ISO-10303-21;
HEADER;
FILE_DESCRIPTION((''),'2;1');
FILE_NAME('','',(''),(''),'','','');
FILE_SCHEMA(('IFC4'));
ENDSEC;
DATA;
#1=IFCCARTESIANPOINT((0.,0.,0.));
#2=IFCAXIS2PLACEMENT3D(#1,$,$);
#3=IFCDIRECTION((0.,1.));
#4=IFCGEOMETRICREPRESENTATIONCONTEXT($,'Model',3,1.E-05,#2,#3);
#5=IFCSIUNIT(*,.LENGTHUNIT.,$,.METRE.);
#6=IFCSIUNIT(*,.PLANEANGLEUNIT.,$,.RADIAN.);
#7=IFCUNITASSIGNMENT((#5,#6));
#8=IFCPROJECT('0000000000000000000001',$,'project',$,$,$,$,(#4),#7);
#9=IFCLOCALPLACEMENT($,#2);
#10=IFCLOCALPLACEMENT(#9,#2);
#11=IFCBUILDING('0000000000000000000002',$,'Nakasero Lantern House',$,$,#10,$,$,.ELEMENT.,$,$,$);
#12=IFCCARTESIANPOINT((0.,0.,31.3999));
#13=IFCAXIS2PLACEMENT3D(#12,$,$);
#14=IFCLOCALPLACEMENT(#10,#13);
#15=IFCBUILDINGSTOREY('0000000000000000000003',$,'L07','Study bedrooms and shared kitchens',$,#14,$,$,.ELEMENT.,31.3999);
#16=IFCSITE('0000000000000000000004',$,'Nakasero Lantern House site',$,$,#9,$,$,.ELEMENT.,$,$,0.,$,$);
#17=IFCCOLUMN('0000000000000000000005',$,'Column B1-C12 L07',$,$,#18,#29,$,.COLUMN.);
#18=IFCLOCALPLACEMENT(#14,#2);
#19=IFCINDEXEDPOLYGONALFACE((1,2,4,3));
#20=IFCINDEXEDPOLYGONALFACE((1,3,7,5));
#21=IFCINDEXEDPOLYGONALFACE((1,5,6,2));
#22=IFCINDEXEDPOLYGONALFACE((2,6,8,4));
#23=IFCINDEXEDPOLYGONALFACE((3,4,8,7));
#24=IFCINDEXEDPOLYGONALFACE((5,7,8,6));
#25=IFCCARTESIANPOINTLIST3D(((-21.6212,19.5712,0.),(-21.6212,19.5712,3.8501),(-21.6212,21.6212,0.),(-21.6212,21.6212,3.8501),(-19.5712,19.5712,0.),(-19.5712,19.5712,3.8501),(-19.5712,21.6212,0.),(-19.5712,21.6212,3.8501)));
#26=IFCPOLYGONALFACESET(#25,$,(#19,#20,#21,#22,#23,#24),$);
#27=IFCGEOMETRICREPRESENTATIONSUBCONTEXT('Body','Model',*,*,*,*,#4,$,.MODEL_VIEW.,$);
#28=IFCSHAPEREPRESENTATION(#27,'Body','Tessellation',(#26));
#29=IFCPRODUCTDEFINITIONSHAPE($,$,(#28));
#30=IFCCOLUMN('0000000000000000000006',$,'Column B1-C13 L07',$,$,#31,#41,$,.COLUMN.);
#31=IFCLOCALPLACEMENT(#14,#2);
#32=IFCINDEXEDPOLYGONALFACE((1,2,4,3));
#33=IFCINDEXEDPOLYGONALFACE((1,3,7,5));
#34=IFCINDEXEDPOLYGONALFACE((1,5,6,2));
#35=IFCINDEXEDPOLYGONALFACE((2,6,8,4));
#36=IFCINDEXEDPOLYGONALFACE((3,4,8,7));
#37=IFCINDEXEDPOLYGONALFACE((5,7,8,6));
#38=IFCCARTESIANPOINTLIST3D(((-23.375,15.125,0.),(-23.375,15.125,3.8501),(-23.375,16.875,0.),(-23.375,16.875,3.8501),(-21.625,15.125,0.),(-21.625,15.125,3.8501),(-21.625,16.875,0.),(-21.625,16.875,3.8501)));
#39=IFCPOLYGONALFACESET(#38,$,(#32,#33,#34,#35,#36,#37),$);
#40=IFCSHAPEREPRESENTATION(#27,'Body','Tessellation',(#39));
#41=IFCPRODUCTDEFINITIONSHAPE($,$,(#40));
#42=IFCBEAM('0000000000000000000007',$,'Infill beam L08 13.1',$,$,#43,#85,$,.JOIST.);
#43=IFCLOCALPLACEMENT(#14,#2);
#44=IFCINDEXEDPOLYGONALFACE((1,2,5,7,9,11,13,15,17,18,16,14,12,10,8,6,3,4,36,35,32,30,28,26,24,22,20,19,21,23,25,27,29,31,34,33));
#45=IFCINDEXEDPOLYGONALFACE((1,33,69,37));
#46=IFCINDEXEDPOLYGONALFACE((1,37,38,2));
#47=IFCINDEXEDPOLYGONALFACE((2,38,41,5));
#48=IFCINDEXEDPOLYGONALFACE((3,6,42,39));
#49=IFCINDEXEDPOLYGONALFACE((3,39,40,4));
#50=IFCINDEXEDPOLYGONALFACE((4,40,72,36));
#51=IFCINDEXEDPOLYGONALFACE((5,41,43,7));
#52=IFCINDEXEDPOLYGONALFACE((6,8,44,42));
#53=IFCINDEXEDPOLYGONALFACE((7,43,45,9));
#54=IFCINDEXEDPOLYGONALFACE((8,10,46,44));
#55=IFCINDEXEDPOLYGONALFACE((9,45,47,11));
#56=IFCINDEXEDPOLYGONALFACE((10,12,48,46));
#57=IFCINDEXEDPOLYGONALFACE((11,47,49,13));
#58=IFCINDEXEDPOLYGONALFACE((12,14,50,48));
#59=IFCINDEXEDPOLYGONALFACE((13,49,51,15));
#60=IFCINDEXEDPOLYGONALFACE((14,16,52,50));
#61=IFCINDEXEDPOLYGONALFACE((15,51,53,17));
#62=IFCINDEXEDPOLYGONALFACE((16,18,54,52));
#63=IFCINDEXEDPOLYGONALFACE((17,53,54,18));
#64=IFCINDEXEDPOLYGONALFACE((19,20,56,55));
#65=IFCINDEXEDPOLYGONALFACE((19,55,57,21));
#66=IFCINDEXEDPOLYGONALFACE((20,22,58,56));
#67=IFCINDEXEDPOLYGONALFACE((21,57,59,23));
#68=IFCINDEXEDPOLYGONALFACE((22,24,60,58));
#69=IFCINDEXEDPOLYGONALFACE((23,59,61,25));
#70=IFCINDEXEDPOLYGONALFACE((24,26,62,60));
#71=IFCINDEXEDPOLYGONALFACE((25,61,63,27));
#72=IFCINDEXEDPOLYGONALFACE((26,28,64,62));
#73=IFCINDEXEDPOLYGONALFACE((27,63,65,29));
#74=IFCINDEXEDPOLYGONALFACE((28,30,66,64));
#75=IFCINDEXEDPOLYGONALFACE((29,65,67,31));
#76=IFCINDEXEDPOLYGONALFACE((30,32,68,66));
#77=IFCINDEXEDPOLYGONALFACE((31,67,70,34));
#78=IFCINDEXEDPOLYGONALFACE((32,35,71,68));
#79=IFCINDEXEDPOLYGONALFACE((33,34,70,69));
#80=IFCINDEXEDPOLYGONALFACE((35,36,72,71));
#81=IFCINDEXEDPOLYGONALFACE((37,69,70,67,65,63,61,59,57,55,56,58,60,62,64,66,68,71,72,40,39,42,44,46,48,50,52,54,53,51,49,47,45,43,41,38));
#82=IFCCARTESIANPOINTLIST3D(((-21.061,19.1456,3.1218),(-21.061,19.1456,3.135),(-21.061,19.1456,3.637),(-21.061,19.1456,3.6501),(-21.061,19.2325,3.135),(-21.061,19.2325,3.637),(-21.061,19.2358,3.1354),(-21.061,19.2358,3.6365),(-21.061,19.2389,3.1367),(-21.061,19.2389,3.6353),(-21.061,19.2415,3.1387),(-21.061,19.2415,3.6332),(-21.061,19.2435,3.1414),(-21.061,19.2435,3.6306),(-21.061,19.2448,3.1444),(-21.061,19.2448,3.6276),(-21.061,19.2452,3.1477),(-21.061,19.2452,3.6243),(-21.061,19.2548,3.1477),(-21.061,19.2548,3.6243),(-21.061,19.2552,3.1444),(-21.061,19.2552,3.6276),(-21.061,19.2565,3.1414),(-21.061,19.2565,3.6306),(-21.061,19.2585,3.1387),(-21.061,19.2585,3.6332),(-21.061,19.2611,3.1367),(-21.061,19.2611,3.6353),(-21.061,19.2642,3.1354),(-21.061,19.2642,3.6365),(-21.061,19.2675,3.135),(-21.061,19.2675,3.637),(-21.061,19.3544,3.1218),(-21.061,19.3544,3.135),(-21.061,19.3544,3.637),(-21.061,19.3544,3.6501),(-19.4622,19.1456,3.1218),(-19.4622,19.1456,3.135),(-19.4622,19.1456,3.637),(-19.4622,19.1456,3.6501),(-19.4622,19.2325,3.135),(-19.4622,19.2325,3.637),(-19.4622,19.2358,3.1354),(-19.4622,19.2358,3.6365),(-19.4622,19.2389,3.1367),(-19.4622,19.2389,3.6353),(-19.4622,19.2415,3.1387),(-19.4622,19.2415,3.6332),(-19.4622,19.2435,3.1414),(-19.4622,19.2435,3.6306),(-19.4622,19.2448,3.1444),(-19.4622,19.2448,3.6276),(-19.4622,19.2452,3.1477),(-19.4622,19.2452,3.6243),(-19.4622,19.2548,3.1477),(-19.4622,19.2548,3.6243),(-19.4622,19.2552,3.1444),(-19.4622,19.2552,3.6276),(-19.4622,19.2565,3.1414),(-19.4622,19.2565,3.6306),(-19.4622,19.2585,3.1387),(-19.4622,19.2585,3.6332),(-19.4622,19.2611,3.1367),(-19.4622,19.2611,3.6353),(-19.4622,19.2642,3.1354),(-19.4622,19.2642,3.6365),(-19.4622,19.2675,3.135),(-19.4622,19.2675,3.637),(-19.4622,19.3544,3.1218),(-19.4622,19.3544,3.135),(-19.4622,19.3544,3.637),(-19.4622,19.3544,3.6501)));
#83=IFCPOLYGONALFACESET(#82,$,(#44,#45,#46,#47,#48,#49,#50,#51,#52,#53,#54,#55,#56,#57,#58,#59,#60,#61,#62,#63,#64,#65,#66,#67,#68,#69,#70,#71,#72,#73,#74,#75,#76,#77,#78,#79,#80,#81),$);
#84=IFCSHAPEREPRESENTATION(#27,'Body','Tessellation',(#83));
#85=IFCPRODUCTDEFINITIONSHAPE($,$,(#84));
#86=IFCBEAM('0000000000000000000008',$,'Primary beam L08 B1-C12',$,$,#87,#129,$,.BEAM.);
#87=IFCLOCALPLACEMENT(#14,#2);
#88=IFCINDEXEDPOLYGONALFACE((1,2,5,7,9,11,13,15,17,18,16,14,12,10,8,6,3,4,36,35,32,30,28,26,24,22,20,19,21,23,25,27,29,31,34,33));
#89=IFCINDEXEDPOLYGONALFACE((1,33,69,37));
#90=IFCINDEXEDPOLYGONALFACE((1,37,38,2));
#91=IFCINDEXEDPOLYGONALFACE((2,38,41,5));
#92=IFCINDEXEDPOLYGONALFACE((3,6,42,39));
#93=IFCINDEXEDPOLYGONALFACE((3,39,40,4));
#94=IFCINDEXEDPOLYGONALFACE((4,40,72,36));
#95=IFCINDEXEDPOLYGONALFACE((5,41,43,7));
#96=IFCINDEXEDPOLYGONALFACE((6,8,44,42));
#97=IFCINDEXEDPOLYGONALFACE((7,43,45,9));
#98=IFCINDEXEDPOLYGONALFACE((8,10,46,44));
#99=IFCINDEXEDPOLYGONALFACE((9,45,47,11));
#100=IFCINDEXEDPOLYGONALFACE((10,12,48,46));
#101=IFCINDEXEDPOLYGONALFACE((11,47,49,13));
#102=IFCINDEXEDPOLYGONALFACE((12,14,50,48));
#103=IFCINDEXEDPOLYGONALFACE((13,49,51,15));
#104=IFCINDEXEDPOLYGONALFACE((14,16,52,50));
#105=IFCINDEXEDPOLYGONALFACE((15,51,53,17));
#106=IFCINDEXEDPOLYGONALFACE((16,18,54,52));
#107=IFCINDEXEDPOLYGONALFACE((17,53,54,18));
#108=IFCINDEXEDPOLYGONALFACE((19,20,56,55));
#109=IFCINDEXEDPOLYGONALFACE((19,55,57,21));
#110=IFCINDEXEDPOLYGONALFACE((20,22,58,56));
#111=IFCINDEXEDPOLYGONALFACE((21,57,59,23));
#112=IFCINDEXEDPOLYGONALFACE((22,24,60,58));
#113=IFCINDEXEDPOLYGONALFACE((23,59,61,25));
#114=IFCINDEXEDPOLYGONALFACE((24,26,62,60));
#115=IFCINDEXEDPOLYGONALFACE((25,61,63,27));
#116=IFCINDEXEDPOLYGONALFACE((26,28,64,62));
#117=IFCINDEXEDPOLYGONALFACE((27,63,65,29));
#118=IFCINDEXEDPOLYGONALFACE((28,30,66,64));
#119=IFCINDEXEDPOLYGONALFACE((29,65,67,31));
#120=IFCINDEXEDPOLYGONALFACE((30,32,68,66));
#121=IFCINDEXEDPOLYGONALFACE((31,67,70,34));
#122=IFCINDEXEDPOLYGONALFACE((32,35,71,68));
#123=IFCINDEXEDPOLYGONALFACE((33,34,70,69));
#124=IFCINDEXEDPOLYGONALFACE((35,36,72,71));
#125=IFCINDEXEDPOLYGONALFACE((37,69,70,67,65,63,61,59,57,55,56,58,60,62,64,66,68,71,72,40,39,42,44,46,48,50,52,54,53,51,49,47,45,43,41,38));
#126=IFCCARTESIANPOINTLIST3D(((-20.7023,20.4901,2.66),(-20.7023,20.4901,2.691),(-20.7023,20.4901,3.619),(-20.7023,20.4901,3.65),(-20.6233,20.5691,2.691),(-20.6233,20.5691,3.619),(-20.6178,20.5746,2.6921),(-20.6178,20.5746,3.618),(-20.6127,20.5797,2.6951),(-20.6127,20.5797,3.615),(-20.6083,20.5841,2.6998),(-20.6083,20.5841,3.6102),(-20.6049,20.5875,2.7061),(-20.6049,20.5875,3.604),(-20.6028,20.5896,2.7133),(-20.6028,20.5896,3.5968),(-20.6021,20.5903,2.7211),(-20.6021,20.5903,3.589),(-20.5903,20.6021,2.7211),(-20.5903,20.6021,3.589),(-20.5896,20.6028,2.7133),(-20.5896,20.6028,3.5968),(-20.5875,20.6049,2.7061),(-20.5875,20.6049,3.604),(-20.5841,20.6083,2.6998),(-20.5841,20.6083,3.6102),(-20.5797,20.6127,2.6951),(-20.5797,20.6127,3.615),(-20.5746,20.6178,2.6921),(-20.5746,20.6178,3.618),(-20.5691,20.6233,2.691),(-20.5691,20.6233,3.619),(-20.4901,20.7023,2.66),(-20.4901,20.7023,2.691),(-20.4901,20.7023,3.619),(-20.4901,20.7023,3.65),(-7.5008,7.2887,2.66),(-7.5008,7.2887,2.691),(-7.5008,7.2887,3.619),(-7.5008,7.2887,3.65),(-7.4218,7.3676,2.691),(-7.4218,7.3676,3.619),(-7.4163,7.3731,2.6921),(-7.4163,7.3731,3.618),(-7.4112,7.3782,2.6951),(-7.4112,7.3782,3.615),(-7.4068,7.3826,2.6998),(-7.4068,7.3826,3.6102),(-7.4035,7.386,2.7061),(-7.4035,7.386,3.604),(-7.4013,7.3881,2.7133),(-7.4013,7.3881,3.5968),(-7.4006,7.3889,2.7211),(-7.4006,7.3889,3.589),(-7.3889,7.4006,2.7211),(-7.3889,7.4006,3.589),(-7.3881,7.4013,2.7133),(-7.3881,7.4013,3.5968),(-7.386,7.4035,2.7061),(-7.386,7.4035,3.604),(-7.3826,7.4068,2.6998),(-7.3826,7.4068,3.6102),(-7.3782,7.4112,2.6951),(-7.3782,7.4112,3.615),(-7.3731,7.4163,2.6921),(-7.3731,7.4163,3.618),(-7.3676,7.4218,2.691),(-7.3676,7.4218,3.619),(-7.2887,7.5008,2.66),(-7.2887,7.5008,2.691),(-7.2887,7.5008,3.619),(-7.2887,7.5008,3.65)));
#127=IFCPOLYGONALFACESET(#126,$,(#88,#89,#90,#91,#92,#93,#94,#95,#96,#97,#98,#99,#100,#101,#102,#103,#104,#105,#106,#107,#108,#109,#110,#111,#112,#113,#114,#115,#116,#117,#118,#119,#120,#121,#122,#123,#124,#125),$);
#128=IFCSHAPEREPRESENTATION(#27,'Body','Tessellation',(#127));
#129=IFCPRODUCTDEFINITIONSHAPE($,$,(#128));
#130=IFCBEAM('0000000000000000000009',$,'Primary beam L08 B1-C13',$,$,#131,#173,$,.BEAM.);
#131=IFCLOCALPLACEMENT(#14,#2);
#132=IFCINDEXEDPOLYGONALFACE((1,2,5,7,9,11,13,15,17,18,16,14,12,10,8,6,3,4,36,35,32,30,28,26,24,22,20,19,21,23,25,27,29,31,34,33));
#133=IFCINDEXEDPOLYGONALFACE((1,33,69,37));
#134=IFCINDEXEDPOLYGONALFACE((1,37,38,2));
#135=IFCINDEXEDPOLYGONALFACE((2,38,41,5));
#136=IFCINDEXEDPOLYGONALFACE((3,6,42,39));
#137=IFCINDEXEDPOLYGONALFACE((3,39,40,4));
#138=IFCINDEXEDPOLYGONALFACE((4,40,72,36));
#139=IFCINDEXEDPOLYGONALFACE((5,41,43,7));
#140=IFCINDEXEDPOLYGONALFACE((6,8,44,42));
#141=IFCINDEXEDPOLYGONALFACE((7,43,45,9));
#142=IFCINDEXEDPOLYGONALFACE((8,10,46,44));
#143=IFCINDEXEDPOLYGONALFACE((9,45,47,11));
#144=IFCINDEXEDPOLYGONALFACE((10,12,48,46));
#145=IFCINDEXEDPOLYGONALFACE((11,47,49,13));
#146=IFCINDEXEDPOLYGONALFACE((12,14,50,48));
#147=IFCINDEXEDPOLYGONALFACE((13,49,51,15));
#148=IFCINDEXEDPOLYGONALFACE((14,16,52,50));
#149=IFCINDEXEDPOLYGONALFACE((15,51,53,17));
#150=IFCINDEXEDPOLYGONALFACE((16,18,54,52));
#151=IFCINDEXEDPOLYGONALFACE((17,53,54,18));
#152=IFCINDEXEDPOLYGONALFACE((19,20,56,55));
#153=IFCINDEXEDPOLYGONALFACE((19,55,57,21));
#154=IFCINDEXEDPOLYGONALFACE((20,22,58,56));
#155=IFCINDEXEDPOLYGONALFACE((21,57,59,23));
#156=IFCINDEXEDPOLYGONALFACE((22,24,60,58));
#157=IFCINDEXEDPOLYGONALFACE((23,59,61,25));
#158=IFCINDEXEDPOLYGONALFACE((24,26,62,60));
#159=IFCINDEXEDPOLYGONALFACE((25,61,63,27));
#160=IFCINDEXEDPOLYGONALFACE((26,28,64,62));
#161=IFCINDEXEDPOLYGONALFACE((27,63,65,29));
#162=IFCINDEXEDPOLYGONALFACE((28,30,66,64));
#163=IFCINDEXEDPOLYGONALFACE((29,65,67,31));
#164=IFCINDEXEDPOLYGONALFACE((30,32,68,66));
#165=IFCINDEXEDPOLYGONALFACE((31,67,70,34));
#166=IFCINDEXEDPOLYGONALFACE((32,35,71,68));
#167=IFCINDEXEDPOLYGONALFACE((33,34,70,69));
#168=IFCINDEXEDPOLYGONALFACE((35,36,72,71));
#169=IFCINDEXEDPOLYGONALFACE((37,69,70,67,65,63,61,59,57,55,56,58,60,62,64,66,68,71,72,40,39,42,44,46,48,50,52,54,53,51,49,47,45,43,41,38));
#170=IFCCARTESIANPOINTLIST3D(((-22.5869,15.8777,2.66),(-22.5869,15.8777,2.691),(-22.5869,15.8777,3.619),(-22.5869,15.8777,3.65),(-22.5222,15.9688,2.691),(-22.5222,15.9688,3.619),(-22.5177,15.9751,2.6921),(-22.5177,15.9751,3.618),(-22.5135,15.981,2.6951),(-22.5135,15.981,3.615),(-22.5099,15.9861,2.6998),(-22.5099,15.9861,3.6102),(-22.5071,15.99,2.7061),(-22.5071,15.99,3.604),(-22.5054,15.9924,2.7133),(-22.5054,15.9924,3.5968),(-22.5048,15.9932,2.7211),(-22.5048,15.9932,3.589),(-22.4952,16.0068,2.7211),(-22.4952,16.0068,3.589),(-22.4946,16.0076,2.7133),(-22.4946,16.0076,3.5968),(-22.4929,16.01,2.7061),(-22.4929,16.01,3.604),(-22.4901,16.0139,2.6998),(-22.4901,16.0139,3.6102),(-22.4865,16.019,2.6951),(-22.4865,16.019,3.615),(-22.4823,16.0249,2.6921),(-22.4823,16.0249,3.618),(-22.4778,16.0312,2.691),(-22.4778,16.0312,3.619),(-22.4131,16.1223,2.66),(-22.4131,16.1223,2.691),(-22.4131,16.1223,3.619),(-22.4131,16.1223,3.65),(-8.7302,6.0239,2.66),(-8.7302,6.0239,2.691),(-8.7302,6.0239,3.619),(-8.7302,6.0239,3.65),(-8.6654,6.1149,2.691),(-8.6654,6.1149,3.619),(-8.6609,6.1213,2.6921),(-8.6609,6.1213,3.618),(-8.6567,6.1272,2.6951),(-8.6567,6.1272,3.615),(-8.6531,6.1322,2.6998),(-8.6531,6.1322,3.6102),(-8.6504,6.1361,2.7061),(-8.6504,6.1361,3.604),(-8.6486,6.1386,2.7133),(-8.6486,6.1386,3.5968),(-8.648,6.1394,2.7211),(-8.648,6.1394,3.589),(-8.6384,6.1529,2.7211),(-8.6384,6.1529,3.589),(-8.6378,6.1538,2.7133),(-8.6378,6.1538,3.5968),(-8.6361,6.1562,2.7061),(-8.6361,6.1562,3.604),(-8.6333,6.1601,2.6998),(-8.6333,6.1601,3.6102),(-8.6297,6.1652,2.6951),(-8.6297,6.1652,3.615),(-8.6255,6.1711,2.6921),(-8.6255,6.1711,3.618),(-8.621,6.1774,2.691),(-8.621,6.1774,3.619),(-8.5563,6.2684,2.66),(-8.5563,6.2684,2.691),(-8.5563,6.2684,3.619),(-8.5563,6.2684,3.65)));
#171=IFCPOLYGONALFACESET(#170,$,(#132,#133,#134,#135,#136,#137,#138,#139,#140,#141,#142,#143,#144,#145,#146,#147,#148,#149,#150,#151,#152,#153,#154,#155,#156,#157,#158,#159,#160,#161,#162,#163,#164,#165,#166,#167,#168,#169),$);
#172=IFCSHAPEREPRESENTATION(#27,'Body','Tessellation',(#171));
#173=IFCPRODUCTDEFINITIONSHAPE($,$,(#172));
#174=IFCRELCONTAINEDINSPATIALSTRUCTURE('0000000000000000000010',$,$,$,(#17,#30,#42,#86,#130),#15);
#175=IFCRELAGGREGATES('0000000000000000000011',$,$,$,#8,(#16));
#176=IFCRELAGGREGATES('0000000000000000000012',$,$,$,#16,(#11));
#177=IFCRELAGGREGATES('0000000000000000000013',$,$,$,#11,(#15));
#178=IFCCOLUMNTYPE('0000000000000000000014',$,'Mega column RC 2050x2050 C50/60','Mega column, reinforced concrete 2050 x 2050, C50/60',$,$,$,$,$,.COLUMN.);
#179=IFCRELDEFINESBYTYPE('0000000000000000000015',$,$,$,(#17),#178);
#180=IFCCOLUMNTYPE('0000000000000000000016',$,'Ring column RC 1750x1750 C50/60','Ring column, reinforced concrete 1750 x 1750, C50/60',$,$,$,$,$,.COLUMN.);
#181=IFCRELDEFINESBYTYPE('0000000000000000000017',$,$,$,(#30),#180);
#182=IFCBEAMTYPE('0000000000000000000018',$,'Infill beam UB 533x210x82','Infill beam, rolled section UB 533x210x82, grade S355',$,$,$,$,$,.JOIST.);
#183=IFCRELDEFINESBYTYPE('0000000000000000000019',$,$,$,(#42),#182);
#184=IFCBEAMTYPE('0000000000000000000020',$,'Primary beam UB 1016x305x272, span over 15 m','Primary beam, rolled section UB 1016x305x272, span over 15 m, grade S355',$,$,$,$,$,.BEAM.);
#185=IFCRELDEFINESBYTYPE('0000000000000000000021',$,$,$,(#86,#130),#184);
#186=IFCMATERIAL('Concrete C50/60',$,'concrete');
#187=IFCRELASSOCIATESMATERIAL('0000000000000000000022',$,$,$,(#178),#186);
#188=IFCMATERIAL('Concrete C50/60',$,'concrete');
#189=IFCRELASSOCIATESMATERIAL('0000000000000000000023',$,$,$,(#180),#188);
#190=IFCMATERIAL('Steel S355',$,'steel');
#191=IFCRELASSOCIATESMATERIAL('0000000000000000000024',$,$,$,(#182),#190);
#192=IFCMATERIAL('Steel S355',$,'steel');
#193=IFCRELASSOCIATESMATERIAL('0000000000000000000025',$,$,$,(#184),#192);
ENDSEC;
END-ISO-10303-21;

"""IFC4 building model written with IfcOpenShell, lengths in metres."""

from ifc_helpers import new_model, si_unit, direction, frame, origin, origin_2d, place, context, subcontext, project, spatial, rectangle, i_section, extrude, material, material_profile, profile_set, type_object, element, save


model = new_model("IFC4")

# Units and contexts
model_context = context("Model", 3, precision=1e-05, world=origin(), true_north=direction((0.0, 1.0)))
body_context = subcontext(model_context, "Body", "Model", "MODEL_VIEW")
ifc_project = project(units=[si_unit("LENGTHUNIT", "METRE"), si_unit("PLANEANGLEUNIT", "RADIAN")], contexts=[model_context])

# Site, building, storey
site_placement = place(None, origin())
site = spatial("IfcSite", under=ifc_project, at=site_placement, Name="Nakasero Lantern House site", CompositionType="ELEMENT", RefElevation=0.0)
building_placement = place(site_placement, origin())
building = spatial("IfcBuilding", under=site, at=building_placement, Name="Nakasero Lantern House", CompositionType="ELEMENT")
storey_placement = place(building_placement, frame((0.0, 0.0, 31.3999)))
storey = spatial("IfcBuildingStorey", under=building, at=storey_placement, Name="L07", Description="Study bedrooms and shared kitchens", CompositionType="ELEMENT", Elevation=31.3999)

# Columns
ifc_material_1 = material(Name="Concrete C50/60", Category="concrete")
ifc_material_profile_1 = material_profile(ifc_material_1, rectangle(XDim=2.05, YDim=2.05, at=origin_2d()), Name="RC 2050x2050")
ifc_profile_set_1 = profile_set([ifc_material_profile_1], Name="Concrete C50/60")
column_type_1 = type_object("IfcColumnType", Name="Mega column RC 2050x2050 C50/60", Description="Mega column, reinforced concrete 2050 x 2050, C50/60", PredefinedType="COLUMN", material=ifc_profile_set_1)
column_1_placement = place(storey_placement, frame((-20.5962, 20.5962, 0.0), z_axis=(0.0, 0.0, 1.0), x_axis=(1.0, 0.0, 0.0)))
element("IfcColumn", 1, at=column_1_placement, inside=storey, type_object=column_type_1, Name="Column B1-C12 L07", PredefinedType="COLUMN", context=body_context, shape_type="SweptSolid", body=[
    extrude(rectangle(XDim=2.05, YDim=2.05, at=origin_2d()), origin(), (0.0, 0.0, 1.0), 3.8501),
])
ifc_material_2 = material(Name="Concrete C50/60", Category="concrete")
ifc_material_profile_2 = material_profile(ifc_material_2, rectangle(XDim=1.75, YDim=1.75, at=origin_2d()), Name="RC 1750x1750")
ifc_profile_set_2 = profile_set([ifc_material_profile_2], Name="Concrete C50/60")
column_type_2 = type_object("IfcColumnType", Name="Ring column RC 1750x1750 C50/60", Description="Ring column, reinforced concrete 1750 x 1750, C50/60", PredefinedType="COLUMN", material=ifc_profile_set_2)
column_2_placement = place(storey_placement, frame((-22.5, 16.0, 0.0), z_axis=(0.0, 0.0, 1.0), x_axis=(1.0, 0.0, 0.0)))
element("IfcColumn", 2, at=column_2_placement, inside=storey, type_object=column_type_2, Name="Column B1-C13 L07", PredefinedType="COLUMN", context=body_context, shape_type="SweptSolid", body=[
    extrude(rectangle(XDim=1.75, YDim=1.75, at=origin_2d()), origin(), (0.0, 0.0, 1.0), 3.8501),
])

# Beams
ifc_material_3 = material(Name="Steel S355", Category="steel")
ifc_material_profile_3 = material_profile(ifc_material_3, i_section(OverallWidth=0.2087, OverallDepth=0.5283, WebThickness=0.0095, FlangeThickness=0.0132, FilletRadius=0.0127, at=origin_2d()), Name="UB 533x210x82")
ifc_profile_set_3 = profile_set([ifc_material_profile_3], Name="Steel S355")
beam_type_1 = type_object("IfcBeamType", Name="Infill beam UB 533x210x82", Description="Infill beam, rolled section UB 533x210x82, grade S355", PredefinedType="JOIST", material=ifc_profile_set_3)
beam_1_placement = place(storey_placement, frame((-21.061, 19.25, 3.386), z_axis=(1.0, 0.0, 0.0), x_axis=(0.0, 1.0, 0.0)))
element("IfcBeam", 3, at=beam_1_placement, inside=storey, type_object=beam_type_1, Name="Infill beam L08 13.1", PredefinedType="JOIST", context=body_context, shape_type="SweptSolid", body=[
    extrude(i_section(OverallWidth=0.2087, OverallDepth=0.5283, WebThickness=0.0095, FlangeThickness=0.0132, FilletRadius=0.0127, at=origin_2d()), origin(), (0.0, 0.0, 1.0), 1.5989),
])
ifc_material_4 = material(Name="Steel S355", Category="steel")
ifc_material_profile_4 = material_profile(ifc_material_4, i_section(OverallWidth=0.3, OverallDepth=0.99, WebThickness=0.0166, FlangeThickness=0.031, FilletRadius=0.03, at=origin_2d()), Name="UB 1016x305x272")
ifc_profile_set_4 = profile_set([ifc_material_profile_4], Name="Steel S355")
beam_type_2 = type_object("IfcBeamType", Name="Primary beam UB 1016x305x272, span over 15 m", Description="Primary beam, rolled section UB 1016x305x272, span over 15 m, grade S355", PredefinedType="BEAM", material=ifc_profile_set_4)
beam_2_placement = place(storey_placement, frame((-20.5962, 20.5962, 3.155), z_axis=(0.707107, -0.707107, 0.0), x_axis=(0.707107, 0.707107, 0.0)))
element("IfcBeam", 4, at=beam_2_placement, inside=storey, type_object=beam_type_2, Name="Primary beam L08 B1-C12", PredefinedType="BEAM", context=body_context, shape_type="SweptSolid", body=[
    extrude(i_section(OverallWidth=0.3, OverallDepth=0.99, WebThickness=0.0166, FlangeThickness=0.031, FilletRadius=0.03, at=origin_2d()), origin(), (0.0, 0.0, 1.0), 18.6697),
])
beam_3_placement = place(storey_placement, frame((-22.5, 16.0, 3.155), z_axis=(0.814952, -0.579528, 0.0), x_axis=(0.579528, 0.814952, 0.0)))
element("IfcBeam", 5, at=beam_3_placement, inside=storey, type_object=beam_type_2, Name="Primary beam L08 B1-C13", PredefinedType="BEAM", context=body_context, shape_type="SweptSolid", body=[
    extrude(i_section(OverallWidth=0.3, OverallDepth=0.99, WebThickness=0.0166, FlangeThickness=0.031, FilletRadius=0.03, at=origin_2d()), origin(), (0.0, 0.0, 1.0), 17.0032),
])

save(model, "model.ifc")
